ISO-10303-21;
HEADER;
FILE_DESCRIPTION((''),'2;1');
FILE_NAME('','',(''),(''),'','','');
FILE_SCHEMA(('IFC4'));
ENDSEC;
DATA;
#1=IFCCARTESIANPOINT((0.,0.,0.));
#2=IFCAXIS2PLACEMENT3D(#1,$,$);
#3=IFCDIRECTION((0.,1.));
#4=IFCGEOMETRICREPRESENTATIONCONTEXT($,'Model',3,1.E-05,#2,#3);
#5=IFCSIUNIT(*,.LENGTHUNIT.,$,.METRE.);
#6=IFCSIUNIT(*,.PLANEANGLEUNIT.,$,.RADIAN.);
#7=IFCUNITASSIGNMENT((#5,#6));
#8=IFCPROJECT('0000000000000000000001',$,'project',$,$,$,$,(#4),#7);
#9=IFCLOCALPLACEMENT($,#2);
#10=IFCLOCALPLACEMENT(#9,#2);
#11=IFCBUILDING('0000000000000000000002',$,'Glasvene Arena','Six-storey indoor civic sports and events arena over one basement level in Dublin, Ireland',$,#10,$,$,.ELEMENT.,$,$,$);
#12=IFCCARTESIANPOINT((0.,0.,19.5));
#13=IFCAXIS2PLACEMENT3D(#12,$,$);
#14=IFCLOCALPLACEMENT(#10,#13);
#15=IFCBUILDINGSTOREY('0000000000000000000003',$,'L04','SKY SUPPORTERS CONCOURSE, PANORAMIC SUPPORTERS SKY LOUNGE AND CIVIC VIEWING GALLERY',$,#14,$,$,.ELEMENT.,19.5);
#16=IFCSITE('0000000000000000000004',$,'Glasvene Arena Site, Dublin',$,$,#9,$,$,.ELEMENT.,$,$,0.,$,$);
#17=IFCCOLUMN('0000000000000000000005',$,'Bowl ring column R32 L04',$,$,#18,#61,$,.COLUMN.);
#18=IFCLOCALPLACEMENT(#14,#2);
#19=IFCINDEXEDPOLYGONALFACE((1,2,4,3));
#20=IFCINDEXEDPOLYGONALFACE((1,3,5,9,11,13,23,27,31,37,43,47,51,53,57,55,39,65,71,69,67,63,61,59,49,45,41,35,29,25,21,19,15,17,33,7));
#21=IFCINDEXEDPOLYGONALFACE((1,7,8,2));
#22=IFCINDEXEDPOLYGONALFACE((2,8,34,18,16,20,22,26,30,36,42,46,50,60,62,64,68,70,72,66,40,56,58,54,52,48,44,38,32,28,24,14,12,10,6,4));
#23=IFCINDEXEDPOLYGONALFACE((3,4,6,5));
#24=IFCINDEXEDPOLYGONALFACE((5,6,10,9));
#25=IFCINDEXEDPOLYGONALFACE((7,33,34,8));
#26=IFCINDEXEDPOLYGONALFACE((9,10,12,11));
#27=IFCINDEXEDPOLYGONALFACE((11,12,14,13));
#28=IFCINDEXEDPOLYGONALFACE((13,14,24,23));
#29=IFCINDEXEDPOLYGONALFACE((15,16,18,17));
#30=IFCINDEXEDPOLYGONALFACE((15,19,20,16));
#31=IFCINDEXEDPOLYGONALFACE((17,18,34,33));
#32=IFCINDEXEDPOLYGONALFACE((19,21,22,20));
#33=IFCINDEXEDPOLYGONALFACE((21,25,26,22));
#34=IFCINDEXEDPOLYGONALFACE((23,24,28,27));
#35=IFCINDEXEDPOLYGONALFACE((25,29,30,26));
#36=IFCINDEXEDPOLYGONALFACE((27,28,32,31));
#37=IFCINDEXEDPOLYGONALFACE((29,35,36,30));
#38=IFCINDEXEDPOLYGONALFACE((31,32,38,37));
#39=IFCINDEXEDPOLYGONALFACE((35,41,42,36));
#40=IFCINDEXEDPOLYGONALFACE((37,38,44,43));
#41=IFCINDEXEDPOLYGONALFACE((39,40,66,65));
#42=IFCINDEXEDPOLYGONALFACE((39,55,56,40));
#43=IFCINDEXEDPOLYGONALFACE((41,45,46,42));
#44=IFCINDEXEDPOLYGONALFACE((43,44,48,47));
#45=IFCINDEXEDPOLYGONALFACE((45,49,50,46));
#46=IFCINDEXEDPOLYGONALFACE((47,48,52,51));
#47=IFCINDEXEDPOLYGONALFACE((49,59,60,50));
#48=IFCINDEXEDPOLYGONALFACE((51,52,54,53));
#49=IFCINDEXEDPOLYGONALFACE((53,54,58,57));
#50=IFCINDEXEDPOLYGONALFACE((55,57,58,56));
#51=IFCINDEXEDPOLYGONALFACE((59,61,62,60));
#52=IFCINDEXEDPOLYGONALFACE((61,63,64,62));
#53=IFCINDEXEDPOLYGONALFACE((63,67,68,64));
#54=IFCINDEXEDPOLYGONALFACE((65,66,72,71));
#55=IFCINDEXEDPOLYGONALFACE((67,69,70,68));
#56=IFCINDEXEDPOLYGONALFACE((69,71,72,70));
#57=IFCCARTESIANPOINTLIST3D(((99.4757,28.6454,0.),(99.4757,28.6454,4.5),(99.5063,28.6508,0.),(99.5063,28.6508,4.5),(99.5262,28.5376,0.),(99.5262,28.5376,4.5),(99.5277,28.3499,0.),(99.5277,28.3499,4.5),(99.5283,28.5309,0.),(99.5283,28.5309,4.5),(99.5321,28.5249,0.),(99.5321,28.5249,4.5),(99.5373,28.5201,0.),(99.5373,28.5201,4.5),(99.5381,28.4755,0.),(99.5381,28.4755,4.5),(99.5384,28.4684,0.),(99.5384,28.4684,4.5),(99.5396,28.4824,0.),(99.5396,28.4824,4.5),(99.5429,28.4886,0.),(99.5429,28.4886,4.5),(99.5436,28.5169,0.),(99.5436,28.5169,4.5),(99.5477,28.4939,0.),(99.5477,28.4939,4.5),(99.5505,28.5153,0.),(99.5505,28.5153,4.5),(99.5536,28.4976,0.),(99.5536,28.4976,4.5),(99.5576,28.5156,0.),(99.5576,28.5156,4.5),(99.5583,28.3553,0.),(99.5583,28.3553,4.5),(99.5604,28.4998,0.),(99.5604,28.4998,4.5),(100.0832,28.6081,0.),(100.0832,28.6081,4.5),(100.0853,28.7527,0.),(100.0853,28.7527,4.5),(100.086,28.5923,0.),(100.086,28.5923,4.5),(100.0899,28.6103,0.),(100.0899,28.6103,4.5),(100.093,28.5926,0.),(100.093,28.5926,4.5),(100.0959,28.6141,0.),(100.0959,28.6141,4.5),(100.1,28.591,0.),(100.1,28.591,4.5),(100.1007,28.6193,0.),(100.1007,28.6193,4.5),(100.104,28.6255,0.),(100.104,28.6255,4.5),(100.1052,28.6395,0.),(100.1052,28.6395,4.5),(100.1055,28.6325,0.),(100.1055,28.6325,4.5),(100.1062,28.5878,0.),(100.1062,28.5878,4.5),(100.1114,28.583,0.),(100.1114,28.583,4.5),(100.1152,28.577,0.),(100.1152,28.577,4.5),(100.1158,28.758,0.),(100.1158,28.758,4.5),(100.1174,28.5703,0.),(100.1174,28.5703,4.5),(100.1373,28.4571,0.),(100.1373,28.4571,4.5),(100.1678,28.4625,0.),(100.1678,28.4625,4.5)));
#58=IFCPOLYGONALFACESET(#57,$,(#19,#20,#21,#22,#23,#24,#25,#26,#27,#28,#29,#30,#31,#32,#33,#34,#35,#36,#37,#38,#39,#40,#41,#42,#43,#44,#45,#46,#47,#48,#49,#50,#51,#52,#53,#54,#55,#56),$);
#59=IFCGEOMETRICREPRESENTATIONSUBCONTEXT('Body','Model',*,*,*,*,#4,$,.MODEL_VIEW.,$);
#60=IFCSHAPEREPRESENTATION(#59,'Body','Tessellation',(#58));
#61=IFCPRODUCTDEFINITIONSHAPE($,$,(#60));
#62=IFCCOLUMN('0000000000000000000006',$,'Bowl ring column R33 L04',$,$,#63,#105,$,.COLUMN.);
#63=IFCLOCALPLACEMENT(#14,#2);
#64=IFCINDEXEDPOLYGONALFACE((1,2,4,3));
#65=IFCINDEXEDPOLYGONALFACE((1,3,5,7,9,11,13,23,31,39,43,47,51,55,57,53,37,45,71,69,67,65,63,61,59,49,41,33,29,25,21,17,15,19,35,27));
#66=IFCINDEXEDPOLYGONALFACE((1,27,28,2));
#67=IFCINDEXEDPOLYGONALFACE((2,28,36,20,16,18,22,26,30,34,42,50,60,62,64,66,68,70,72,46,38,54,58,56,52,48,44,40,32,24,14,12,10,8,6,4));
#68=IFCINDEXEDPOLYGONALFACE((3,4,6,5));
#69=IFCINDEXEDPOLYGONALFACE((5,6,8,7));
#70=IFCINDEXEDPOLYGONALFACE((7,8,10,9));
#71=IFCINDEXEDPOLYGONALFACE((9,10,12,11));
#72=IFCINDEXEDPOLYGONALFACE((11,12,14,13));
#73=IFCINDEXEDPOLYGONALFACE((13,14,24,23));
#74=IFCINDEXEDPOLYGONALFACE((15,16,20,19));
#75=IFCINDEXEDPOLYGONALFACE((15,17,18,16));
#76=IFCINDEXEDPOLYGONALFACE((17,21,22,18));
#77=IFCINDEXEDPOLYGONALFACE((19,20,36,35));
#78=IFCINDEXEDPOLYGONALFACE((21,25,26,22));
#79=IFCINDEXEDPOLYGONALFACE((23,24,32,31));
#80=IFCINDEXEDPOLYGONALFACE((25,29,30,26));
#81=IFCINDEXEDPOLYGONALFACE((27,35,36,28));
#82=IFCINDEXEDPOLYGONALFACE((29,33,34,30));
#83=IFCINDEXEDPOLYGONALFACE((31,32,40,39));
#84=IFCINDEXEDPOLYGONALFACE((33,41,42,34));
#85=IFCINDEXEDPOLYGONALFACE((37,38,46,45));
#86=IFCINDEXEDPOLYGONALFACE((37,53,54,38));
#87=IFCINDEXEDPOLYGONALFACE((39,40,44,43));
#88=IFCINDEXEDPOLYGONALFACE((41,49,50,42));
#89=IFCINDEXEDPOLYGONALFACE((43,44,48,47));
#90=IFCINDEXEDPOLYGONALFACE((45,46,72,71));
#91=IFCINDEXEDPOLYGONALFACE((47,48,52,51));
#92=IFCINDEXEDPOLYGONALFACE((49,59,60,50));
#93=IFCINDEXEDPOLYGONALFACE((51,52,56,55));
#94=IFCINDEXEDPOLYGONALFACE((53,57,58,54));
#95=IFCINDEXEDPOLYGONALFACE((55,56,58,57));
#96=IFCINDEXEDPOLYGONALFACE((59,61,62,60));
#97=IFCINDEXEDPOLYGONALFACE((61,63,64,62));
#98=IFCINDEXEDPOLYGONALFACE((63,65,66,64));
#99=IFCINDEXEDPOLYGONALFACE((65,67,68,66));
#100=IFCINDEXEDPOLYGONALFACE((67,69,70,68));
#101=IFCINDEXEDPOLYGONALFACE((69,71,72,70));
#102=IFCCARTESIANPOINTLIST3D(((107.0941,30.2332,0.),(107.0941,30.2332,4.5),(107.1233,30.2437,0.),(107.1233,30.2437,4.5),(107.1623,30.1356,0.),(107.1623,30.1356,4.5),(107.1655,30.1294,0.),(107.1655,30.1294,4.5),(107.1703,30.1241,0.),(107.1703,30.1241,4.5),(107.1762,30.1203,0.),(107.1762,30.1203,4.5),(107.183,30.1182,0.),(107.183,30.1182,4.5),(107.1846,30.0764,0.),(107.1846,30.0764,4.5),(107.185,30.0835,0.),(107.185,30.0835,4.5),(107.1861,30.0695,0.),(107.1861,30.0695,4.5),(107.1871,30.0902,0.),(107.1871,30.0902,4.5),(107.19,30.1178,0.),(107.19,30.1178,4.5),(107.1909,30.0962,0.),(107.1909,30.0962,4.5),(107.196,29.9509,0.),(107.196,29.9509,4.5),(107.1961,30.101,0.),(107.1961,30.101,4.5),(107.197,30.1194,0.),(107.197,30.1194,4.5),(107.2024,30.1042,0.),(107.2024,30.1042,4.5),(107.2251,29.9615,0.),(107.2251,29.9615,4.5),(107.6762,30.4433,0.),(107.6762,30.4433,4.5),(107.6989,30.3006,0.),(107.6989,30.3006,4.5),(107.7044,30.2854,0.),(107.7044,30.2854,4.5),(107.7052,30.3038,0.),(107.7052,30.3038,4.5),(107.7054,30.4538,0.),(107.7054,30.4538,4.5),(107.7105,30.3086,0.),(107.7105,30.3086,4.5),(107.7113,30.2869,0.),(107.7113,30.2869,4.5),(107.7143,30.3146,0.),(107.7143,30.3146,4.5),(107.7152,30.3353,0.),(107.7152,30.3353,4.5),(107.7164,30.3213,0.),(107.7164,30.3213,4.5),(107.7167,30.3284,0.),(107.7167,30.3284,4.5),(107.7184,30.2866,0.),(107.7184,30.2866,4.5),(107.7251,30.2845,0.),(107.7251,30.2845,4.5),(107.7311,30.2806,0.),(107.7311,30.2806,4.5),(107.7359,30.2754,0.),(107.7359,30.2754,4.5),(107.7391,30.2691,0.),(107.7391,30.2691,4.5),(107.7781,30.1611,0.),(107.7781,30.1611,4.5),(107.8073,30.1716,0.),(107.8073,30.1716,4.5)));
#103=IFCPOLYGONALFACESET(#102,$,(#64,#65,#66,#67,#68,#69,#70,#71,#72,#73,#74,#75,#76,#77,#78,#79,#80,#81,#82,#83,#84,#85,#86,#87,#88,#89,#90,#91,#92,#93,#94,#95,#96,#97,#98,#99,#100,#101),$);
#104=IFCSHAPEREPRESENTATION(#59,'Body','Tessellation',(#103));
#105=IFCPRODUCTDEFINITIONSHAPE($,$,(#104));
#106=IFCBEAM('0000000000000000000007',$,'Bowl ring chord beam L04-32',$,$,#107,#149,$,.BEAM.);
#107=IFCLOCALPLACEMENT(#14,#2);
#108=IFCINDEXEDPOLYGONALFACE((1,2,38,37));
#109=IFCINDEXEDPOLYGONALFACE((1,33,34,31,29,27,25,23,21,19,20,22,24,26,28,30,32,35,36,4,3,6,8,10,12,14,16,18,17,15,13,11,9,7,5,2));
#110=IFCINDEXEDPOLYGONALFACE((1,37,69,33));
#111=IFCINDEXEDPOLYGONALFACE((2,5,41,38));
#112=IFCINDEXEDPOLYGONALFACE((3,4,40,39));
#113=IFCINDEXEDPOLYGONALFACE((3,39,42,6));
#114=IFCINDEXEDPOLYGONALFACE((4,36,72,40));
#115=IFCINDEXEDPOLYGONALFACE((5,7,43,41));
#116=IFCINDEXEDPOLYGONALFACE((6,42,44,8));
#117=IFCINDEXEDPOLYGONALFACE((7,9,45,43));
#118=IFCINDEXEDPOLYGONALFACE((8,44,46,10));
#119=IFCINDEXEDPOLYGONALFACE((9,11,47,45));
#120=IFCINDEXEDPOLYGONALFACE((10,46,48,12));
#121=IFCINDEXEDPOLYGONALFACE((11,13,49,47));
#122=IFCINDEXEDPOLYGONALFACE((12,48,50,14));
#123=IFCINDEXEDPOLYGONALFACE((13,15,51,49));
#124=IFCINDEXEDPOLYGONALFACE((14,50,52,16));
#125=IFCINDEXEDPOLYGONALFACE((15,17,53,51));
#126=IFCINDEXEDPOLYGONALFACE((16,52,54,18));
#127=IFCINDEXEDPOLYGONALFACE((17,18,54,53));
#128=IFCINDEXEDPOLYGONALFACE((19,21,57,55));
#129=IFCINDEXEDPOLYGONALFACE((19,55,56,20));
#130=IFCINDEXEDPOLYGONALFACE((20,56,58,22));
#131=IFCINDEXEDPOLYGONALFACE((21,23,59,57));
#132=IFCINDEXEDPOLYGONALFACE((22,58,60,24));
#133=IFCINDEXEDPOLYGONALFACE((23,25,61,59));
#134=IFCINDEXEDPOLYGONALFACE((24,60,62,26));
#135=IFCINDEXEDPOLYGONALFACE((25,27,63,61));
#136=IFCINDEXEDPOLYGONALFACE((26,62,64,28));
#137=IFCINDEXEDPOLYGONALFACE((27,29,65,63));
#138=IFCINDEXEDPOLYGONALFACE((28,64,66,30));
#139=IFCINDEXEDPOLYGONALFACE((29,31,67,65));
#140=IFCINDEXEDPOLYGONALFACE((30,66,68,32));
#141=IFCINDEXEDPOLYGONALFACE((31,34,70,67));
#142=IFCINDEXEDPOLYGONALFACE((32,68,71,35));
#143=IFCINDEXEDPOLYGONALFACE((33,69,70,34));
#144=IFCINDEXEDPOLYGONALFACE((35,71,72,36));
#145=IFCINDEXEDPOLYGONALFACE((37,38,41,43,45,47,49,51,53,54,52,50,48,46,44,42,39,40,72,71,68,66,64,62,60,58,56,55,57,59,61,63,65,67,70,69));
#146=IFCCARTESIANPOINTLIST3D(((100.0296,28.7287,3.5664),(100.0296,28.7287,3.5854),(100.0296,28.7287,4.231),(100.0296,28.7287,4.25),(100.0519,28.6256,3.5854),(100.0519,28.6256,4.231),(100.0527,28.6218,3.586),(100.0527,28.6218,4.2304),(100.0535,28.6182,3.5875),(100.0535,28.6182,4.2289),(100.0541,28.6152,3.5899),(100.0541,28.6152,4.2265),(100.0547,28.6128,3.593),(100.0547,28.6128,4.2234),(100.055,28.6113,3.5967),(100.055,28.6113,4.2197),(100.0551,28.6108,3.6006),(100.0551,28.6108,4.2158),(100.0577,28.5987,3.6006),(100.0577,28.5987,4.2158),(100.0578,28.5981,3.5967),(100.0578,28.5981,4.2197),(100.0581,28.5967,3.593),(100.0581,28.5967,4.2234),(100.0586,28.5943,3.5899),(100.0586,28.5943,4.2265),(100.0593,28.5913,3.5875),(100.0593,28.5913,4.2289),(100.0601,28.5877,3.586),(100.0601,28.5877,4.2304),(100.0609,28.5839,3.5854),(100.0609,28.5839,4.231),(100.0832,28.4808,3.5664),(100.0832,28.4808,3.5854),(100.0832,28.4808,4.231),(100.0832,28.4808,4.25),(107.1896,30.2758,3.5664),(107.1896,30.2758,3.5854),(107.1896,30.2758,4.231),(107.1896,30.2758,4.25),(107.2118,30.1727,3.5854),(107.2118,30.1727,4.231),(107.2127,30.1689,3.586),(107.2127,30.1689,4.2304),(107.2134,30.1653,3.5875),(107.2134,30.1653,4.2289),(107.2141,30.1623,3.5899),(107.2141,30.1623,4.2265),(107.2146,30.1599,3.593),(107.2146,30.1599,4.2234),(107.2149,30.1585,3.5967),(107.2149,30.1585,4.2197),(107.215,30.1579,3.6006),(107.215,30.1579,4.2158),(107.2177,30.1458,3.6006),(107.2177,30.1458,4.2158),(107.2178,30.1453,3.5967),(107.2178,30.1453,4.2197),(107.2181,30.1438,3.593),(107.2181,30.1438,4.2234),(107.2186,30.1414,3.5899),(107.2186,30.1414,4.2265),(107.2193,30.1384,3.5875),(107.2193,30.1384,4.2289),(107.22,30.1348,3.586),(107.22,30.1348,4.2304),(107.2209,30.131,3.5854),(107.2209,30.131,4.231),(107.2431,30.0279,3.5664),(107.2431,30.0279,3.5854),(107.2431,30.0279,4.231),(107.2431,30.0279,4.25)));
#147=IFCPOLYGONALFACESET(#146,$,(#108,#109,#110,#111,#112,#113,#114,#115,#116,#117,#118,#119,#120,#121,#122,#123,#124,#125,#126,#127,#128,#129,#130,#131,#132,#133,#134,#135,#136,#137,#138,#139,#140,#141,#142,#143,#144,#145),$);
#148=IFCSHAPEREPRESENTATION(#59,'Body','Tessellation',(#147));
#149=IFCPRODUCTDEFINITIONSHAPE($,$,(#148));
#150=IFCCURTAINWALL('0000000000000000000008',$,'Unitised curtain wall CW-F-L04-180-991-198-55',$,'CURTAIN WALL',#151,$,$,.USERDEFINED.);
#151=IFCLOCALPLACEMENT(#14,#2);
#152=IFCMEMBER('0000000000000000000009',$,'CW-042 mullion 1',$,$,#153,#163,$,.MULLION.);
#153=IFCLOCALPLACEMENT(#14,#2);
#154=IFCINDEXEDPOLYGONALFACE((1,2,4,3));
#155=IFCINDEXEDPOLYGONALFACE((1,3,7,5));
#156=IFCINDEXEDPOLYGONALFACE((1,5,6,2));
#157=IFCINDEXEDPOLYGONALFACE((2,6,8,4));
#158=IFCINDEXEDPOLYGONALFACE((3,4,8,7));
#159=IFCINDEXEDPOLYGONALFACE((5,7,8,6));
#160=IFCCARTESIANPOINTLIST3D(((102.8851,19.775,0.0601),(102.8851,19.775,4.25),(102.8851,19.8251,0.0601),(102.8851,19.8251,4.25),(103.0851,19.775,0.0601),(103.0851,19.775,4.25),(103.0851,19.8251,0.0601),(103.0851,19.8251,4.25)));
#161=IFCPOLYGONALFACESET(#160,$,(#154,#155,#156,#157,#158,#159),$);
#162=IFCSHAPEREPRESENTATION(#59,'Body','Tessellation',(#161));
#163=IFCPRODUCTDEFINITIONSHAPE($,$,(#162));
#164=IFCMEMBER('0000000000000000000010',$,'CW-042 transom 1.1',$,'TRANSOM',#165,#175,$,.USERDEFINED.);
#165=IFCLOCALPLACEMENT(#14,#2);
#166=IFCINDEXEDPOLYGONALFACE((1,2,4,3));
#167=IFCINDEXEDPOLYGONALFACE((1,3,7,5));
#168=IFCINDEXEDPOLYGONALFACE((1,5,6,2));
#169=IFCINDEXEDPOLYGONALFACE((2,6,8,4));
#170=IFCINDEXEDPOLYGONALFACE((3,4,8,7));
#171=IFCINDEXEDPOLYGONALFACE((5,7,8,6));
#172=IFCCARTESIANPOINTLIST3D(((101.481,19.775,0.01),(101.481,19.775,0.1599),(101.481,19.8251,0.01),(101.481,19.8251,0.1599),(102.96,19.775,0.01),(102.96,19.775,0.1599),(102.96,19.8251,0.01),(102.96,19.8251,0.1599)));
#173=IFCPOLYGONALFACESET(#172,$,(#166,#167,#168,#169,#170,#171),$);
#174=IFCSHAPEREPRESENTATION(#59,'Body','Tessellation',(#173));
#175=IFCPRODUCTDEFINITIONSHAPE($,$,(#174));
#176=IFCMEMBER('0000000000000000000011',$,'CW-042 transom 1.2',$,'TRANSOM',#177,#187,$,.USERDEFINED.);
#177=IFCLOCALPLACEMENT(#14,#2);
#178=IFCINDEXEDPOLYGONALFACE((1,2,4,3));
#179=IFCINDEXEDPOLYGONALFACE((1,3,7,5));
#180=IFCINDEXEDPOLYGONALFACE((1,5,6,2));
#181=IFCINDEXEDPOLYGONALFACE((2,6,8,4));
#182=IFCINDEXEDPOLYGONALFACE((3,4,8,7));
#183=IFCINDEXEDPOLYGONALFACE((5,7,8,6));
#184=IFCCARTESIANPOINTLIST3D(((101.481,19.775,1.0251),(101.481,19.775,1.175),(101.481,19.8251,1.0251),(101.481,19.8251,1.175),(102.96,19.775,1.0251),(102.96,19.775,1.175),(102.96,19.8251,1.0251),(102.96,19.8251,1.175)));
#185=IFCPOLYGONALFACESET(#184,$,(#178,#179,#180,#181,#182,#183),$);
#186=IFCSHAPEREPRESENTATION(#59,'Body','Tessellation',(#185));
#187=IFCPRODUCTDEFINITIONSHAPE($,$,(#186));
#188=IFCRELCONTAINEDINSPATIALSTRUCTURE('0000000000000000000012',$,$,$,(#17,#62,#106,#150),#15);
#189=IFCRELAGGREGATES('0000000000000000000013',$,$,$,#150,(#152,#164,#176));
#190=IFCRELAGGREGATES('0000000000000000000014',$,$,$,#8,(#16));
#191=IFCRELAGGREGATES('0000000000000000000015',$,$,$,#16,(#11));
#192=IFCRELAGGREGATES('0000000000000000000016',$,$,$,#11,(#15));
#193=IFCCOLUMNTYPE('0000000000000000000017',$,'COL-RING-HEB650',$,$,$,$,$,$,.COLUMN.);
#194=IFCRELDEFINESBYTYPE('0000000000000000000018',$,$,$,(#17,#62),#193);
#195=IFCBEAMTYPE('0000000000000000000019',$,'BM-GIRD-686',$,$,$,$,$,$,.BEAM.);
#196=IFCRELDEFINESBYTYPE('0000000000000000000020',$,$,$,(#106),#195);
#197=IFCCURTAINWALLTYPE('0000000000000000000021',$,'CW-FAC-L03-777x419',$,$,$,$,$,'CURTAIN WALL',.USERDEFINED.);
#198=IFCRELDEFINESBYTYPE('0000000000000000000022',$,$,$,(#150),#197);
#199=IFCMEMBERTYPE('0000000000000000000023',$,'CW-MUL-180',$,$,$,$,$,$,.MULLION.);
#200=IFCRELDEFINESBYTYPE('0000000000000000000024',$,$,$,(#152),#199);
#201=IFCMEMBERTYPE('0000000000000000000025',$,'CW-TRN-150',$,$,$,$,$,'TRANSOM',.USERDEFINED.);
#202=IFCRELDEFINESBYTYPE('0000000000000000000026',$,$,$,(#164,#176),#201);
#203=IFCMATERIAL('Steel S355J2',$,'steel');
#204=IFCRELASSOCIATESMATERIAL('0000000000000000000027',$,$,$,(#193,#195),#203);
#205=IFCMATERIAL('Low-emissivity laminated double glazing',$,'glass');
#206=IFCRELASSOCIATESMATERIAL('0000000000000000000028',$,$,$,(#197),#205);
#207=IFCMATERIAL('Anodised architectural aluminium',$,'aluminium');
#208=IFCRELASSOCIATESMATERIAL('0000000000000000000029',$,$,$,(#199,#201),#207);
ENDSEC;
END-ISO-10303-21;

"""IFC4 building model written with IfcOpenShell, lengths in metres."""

from ifc_helpers import new_model, si_unit, direction, frame, origin, origin_2d, place, context, subcontext, project, spatial, rectangle, i_section, extrude, material, material_profile, profile_set, type_object, element, aggregate, save


model = new_model("IFC4")

# Units and contexts
model_context = context("Model", 3, precision=1e-05, world=origin(), true_north=direction((0.0, 1.0)))
body_context = subcontext(model_context, "Body", "Model", "MODEL_VIEW")
ifc_project = project(units=[si_unit("LENGTHUNIT", "METRE"), si_unit("PLANEANGLEUNIT", "RADIAN")], contexts=[model_context])

# Site, building, storey
site_placement = place(None, origin())
site = spatial("IfcSite", under=ifc_project, at=site_placement, Name="Glasvene Arena Site, Dublin", CompositionType="ELEMENT", RefElevation=0.0)
building_placement = place(site_placement, origin())
building = spatial("IfcBuilding", under=site, at=building_placement, Name="Glasvene Arena", Description="Six-storey indoor civic sports and events arena over one basement level in Dublin, Ireland", CompositionType="ELEMENT")
storey_placement = place(building_placement, frame((0.0, 0.0, 19.5)))
storey = spatial("IfcBuildingStorey", under=building, at=storey_placement, Name="L04", Description="SKY SUPPORTERS CONCOURSE, PANORAMIC SUPPORTERS SKY LOUNGE AND CIVIC VIEWING GALLERY", CompositionType="ELEMENT", Elevation=19.5)

# Columns
ifc_material_1 = material(Name="Steel S355J2", Category="steel")
ifc_material_profile_1 = material_profile(ifc_material_1, i_section(OverallWidth=0.3, OverallDepth=0.6499, WebThickness=0.0161, FlangeThickness=0.031, FilletRadius=0.0271, at=origin_2d()), Name="HEB 650")
ifc_profile_set_1 = profile_set([ifc_material_profile_1], Name="Steel S355J2")
column_type = type_object("IfcColumnType", Name="COL-RING-HEB650", PredefinedType="COLUMN", material=ifc_profile_set_1)
for number, where, z_axis, x_axis, name in (
    (1, (99.8218, 28.554, 0.0), (0.0, 0.0, 1.0), (0.173304, -0.984868, 0.0), "Bowl ring column R32 L04"),
    (2, (107.4507, 30.2024, 0.0), (0.0, 0.0, 1.0), (0.339559, -0.940585, 0.0), "Bowl ring column R33 L04"),
):
    element("IfcColumn", number, at=place(storey_placement, frame(where, z_axis=z_axis, x_axis=x_axis)), inside=storey, type_object=column_type, Name=name, PredefinedType="COLUMN", context=body_context, shape_type="SweptSolid", body=[
        extrude(i_section(OverallWidth=0.3, OverallDepth=0.6499, WebThickness=0.0161, FlangeThickness=0.031, FilletRadius=0.0271, at=origin_2d()), origin(), (0.0, 0.0, 1.0), 4.5),
    ])

# Beam
ifc_material_profile_2 = material_profile(ifc_material_1, i_section(OverallWidth=0.2537, OverallDepth=0.6836, WebThickness=0.0125, FlangeThickness=0.019, FilletRadius=0.0151, at=origin_2d()), Name="UKB 686x254x140")
ifc_profile_set_2 = profile_set([ifc_material_profile_2], Name="Steel S355J2")
beam_type = type_object("IfcBeamType", Name="BM-GIRD-686", PredefinedType="BEAM", material=ifc_profile_set_2)
beam_placement = place(storey_placement, frame((100.0564, 28.6047, 3.9082), z_axis=(0.977442, 0.211206, 0.0), x_axis=(-0.211206, 0.977442, 0.0)))
element("IfcBeam", 3, at=beam_placement, inside=storey, type_object=beam_type, Name="Bowl ring chord beam L04-32", PredefinedType="BEAM", context=body_context, shape_type="SweptSolid", body=[
    extrude(i_section(OverallWidth=0.2537, OverallDepth=0.6836, WebThickness=0.0125, FlangeThickness=0.019, FilletRadius=0.0151, at=origin_2d()), origin(), (0.0, 0.0, 1.0), 7.3252),
])

# Curtain wall, members
ifc_material_2 = material(Name="Low-emissivity laminated double glazing", Category="glass")
curtain_wall_type = type_object("IfcCurtainWallType", Name="CW-FAC-L03-777x419", ElementType="CURTAIN WALL", PredefinedType="USERDEFINED", material=ifc_material_2)
curtain_wall_placement = place(storey_placement, frame((103.01, 19.8, 0.0)))
curtain_wall = element("IfcCurtainWall", 4, at=curtain_wall_placement, inside=storey, type_object=curtain_wall_type, Name="Unitised curtain wall CW-F-L04-180-991-198-55", ObjectType="CURTAIN WALL", PredefinedType="USERDEFINED")
ifc_material_3 = material(Name="Anodised architectural aluminium", Category="aluminium")
ifc_material_profile_3 = material_profile(ifc_material_3, rectangle(XDim=0.05, YDim=0.2, at=origin_2d()), Name="ALU MULLION 50x200")
ifc_profile_set_3 = profile_set([ifc_material_profile_3], Name="Anodised architectural aluminium")
member_type_1 = type_object("IfcMemberType", Name="CW-MUL-180", PredefinedType="MULLION", material=ifc_profile_set_3)
member_1_placement = place(storey_placement, frame((102.9851, 19.8, 0.0601), z_axis=(0.0, 0.0, 1.0), x_axis=(0.0, -1.0, 0.0)))
member_1 = element("IfcMember", 5, at=member_1_placement, type_object=member_type_1, Name="CW-042 mullion 1", PredefinedType="MULLION", context=body_context, shape_type="SweptSolid", body=[
    extrude(rectangle(XDim=0.05, YDim=0.2, at=origin_2d()), origin(), (0.0, 0.0, 1.0), 4.1899),
])
ifc_material_profile_4 = material_profile(ifc_material_3, rectangle(XDim=0.05, YDim=0.1499, at=origin_2d()), Name="ALU TRANSOM 50x150")
ifc_profile_set_4 = profile_set([ifc_material_profile_4], Name="Anodised architectural aluminium")
member_type_2 = type_object("IfcMemberType", Name="CW-TRN-150", ElementType="TRANSOM", PredefinedType="USERDEFINED", material=ifc_profile_set_4)
member_2_placement = place(storey_placement, frame((102.96, 19.8, 0.085), z_axis=(-1.0, 0.0, 0.0), x_axis=(0.0, -1.0, 0.0)))
member_2 = element("IfcMember", 6, at=member_2_placement, type_object=member_type_2, Name="CW-042 transom 1.1", ObjectType="TRANSOM", PredefinedType="USERDEFINED", context=body_context, shape_type="SweptSolid", body=[
    extrude(rectangle(XDim=0.05, YDim=0.1499, at=origin_2d()), origin(), (0.0, 0.0, 1.0), 1.479),
])
member_3_placement = place(storey_placement, frame((102.96, 19.8, 1.1001), z_axis=(-1.0, 0.0, 0.0), x_axis=(0.0, -1.0, 0.0)))
member_3 = element("IfcMember", 7, at=member_3_placement, type_object=member_type_2, Name="CW-042 transom 1.2", ObjectType="TRANSOM", PredefinedType="USERDEFINED", context=body_context, shape_type="SweptSolid", body=[
    extrude(rectangle(XDim=0.05, YDim=0.1499, at=origin_2d()), origin(), (0.0, 0.0, 1.0), 1.479),
])
aggregate(curtain_wall, [member_1, member_2, member_3])

save(model, "model.ifc")
